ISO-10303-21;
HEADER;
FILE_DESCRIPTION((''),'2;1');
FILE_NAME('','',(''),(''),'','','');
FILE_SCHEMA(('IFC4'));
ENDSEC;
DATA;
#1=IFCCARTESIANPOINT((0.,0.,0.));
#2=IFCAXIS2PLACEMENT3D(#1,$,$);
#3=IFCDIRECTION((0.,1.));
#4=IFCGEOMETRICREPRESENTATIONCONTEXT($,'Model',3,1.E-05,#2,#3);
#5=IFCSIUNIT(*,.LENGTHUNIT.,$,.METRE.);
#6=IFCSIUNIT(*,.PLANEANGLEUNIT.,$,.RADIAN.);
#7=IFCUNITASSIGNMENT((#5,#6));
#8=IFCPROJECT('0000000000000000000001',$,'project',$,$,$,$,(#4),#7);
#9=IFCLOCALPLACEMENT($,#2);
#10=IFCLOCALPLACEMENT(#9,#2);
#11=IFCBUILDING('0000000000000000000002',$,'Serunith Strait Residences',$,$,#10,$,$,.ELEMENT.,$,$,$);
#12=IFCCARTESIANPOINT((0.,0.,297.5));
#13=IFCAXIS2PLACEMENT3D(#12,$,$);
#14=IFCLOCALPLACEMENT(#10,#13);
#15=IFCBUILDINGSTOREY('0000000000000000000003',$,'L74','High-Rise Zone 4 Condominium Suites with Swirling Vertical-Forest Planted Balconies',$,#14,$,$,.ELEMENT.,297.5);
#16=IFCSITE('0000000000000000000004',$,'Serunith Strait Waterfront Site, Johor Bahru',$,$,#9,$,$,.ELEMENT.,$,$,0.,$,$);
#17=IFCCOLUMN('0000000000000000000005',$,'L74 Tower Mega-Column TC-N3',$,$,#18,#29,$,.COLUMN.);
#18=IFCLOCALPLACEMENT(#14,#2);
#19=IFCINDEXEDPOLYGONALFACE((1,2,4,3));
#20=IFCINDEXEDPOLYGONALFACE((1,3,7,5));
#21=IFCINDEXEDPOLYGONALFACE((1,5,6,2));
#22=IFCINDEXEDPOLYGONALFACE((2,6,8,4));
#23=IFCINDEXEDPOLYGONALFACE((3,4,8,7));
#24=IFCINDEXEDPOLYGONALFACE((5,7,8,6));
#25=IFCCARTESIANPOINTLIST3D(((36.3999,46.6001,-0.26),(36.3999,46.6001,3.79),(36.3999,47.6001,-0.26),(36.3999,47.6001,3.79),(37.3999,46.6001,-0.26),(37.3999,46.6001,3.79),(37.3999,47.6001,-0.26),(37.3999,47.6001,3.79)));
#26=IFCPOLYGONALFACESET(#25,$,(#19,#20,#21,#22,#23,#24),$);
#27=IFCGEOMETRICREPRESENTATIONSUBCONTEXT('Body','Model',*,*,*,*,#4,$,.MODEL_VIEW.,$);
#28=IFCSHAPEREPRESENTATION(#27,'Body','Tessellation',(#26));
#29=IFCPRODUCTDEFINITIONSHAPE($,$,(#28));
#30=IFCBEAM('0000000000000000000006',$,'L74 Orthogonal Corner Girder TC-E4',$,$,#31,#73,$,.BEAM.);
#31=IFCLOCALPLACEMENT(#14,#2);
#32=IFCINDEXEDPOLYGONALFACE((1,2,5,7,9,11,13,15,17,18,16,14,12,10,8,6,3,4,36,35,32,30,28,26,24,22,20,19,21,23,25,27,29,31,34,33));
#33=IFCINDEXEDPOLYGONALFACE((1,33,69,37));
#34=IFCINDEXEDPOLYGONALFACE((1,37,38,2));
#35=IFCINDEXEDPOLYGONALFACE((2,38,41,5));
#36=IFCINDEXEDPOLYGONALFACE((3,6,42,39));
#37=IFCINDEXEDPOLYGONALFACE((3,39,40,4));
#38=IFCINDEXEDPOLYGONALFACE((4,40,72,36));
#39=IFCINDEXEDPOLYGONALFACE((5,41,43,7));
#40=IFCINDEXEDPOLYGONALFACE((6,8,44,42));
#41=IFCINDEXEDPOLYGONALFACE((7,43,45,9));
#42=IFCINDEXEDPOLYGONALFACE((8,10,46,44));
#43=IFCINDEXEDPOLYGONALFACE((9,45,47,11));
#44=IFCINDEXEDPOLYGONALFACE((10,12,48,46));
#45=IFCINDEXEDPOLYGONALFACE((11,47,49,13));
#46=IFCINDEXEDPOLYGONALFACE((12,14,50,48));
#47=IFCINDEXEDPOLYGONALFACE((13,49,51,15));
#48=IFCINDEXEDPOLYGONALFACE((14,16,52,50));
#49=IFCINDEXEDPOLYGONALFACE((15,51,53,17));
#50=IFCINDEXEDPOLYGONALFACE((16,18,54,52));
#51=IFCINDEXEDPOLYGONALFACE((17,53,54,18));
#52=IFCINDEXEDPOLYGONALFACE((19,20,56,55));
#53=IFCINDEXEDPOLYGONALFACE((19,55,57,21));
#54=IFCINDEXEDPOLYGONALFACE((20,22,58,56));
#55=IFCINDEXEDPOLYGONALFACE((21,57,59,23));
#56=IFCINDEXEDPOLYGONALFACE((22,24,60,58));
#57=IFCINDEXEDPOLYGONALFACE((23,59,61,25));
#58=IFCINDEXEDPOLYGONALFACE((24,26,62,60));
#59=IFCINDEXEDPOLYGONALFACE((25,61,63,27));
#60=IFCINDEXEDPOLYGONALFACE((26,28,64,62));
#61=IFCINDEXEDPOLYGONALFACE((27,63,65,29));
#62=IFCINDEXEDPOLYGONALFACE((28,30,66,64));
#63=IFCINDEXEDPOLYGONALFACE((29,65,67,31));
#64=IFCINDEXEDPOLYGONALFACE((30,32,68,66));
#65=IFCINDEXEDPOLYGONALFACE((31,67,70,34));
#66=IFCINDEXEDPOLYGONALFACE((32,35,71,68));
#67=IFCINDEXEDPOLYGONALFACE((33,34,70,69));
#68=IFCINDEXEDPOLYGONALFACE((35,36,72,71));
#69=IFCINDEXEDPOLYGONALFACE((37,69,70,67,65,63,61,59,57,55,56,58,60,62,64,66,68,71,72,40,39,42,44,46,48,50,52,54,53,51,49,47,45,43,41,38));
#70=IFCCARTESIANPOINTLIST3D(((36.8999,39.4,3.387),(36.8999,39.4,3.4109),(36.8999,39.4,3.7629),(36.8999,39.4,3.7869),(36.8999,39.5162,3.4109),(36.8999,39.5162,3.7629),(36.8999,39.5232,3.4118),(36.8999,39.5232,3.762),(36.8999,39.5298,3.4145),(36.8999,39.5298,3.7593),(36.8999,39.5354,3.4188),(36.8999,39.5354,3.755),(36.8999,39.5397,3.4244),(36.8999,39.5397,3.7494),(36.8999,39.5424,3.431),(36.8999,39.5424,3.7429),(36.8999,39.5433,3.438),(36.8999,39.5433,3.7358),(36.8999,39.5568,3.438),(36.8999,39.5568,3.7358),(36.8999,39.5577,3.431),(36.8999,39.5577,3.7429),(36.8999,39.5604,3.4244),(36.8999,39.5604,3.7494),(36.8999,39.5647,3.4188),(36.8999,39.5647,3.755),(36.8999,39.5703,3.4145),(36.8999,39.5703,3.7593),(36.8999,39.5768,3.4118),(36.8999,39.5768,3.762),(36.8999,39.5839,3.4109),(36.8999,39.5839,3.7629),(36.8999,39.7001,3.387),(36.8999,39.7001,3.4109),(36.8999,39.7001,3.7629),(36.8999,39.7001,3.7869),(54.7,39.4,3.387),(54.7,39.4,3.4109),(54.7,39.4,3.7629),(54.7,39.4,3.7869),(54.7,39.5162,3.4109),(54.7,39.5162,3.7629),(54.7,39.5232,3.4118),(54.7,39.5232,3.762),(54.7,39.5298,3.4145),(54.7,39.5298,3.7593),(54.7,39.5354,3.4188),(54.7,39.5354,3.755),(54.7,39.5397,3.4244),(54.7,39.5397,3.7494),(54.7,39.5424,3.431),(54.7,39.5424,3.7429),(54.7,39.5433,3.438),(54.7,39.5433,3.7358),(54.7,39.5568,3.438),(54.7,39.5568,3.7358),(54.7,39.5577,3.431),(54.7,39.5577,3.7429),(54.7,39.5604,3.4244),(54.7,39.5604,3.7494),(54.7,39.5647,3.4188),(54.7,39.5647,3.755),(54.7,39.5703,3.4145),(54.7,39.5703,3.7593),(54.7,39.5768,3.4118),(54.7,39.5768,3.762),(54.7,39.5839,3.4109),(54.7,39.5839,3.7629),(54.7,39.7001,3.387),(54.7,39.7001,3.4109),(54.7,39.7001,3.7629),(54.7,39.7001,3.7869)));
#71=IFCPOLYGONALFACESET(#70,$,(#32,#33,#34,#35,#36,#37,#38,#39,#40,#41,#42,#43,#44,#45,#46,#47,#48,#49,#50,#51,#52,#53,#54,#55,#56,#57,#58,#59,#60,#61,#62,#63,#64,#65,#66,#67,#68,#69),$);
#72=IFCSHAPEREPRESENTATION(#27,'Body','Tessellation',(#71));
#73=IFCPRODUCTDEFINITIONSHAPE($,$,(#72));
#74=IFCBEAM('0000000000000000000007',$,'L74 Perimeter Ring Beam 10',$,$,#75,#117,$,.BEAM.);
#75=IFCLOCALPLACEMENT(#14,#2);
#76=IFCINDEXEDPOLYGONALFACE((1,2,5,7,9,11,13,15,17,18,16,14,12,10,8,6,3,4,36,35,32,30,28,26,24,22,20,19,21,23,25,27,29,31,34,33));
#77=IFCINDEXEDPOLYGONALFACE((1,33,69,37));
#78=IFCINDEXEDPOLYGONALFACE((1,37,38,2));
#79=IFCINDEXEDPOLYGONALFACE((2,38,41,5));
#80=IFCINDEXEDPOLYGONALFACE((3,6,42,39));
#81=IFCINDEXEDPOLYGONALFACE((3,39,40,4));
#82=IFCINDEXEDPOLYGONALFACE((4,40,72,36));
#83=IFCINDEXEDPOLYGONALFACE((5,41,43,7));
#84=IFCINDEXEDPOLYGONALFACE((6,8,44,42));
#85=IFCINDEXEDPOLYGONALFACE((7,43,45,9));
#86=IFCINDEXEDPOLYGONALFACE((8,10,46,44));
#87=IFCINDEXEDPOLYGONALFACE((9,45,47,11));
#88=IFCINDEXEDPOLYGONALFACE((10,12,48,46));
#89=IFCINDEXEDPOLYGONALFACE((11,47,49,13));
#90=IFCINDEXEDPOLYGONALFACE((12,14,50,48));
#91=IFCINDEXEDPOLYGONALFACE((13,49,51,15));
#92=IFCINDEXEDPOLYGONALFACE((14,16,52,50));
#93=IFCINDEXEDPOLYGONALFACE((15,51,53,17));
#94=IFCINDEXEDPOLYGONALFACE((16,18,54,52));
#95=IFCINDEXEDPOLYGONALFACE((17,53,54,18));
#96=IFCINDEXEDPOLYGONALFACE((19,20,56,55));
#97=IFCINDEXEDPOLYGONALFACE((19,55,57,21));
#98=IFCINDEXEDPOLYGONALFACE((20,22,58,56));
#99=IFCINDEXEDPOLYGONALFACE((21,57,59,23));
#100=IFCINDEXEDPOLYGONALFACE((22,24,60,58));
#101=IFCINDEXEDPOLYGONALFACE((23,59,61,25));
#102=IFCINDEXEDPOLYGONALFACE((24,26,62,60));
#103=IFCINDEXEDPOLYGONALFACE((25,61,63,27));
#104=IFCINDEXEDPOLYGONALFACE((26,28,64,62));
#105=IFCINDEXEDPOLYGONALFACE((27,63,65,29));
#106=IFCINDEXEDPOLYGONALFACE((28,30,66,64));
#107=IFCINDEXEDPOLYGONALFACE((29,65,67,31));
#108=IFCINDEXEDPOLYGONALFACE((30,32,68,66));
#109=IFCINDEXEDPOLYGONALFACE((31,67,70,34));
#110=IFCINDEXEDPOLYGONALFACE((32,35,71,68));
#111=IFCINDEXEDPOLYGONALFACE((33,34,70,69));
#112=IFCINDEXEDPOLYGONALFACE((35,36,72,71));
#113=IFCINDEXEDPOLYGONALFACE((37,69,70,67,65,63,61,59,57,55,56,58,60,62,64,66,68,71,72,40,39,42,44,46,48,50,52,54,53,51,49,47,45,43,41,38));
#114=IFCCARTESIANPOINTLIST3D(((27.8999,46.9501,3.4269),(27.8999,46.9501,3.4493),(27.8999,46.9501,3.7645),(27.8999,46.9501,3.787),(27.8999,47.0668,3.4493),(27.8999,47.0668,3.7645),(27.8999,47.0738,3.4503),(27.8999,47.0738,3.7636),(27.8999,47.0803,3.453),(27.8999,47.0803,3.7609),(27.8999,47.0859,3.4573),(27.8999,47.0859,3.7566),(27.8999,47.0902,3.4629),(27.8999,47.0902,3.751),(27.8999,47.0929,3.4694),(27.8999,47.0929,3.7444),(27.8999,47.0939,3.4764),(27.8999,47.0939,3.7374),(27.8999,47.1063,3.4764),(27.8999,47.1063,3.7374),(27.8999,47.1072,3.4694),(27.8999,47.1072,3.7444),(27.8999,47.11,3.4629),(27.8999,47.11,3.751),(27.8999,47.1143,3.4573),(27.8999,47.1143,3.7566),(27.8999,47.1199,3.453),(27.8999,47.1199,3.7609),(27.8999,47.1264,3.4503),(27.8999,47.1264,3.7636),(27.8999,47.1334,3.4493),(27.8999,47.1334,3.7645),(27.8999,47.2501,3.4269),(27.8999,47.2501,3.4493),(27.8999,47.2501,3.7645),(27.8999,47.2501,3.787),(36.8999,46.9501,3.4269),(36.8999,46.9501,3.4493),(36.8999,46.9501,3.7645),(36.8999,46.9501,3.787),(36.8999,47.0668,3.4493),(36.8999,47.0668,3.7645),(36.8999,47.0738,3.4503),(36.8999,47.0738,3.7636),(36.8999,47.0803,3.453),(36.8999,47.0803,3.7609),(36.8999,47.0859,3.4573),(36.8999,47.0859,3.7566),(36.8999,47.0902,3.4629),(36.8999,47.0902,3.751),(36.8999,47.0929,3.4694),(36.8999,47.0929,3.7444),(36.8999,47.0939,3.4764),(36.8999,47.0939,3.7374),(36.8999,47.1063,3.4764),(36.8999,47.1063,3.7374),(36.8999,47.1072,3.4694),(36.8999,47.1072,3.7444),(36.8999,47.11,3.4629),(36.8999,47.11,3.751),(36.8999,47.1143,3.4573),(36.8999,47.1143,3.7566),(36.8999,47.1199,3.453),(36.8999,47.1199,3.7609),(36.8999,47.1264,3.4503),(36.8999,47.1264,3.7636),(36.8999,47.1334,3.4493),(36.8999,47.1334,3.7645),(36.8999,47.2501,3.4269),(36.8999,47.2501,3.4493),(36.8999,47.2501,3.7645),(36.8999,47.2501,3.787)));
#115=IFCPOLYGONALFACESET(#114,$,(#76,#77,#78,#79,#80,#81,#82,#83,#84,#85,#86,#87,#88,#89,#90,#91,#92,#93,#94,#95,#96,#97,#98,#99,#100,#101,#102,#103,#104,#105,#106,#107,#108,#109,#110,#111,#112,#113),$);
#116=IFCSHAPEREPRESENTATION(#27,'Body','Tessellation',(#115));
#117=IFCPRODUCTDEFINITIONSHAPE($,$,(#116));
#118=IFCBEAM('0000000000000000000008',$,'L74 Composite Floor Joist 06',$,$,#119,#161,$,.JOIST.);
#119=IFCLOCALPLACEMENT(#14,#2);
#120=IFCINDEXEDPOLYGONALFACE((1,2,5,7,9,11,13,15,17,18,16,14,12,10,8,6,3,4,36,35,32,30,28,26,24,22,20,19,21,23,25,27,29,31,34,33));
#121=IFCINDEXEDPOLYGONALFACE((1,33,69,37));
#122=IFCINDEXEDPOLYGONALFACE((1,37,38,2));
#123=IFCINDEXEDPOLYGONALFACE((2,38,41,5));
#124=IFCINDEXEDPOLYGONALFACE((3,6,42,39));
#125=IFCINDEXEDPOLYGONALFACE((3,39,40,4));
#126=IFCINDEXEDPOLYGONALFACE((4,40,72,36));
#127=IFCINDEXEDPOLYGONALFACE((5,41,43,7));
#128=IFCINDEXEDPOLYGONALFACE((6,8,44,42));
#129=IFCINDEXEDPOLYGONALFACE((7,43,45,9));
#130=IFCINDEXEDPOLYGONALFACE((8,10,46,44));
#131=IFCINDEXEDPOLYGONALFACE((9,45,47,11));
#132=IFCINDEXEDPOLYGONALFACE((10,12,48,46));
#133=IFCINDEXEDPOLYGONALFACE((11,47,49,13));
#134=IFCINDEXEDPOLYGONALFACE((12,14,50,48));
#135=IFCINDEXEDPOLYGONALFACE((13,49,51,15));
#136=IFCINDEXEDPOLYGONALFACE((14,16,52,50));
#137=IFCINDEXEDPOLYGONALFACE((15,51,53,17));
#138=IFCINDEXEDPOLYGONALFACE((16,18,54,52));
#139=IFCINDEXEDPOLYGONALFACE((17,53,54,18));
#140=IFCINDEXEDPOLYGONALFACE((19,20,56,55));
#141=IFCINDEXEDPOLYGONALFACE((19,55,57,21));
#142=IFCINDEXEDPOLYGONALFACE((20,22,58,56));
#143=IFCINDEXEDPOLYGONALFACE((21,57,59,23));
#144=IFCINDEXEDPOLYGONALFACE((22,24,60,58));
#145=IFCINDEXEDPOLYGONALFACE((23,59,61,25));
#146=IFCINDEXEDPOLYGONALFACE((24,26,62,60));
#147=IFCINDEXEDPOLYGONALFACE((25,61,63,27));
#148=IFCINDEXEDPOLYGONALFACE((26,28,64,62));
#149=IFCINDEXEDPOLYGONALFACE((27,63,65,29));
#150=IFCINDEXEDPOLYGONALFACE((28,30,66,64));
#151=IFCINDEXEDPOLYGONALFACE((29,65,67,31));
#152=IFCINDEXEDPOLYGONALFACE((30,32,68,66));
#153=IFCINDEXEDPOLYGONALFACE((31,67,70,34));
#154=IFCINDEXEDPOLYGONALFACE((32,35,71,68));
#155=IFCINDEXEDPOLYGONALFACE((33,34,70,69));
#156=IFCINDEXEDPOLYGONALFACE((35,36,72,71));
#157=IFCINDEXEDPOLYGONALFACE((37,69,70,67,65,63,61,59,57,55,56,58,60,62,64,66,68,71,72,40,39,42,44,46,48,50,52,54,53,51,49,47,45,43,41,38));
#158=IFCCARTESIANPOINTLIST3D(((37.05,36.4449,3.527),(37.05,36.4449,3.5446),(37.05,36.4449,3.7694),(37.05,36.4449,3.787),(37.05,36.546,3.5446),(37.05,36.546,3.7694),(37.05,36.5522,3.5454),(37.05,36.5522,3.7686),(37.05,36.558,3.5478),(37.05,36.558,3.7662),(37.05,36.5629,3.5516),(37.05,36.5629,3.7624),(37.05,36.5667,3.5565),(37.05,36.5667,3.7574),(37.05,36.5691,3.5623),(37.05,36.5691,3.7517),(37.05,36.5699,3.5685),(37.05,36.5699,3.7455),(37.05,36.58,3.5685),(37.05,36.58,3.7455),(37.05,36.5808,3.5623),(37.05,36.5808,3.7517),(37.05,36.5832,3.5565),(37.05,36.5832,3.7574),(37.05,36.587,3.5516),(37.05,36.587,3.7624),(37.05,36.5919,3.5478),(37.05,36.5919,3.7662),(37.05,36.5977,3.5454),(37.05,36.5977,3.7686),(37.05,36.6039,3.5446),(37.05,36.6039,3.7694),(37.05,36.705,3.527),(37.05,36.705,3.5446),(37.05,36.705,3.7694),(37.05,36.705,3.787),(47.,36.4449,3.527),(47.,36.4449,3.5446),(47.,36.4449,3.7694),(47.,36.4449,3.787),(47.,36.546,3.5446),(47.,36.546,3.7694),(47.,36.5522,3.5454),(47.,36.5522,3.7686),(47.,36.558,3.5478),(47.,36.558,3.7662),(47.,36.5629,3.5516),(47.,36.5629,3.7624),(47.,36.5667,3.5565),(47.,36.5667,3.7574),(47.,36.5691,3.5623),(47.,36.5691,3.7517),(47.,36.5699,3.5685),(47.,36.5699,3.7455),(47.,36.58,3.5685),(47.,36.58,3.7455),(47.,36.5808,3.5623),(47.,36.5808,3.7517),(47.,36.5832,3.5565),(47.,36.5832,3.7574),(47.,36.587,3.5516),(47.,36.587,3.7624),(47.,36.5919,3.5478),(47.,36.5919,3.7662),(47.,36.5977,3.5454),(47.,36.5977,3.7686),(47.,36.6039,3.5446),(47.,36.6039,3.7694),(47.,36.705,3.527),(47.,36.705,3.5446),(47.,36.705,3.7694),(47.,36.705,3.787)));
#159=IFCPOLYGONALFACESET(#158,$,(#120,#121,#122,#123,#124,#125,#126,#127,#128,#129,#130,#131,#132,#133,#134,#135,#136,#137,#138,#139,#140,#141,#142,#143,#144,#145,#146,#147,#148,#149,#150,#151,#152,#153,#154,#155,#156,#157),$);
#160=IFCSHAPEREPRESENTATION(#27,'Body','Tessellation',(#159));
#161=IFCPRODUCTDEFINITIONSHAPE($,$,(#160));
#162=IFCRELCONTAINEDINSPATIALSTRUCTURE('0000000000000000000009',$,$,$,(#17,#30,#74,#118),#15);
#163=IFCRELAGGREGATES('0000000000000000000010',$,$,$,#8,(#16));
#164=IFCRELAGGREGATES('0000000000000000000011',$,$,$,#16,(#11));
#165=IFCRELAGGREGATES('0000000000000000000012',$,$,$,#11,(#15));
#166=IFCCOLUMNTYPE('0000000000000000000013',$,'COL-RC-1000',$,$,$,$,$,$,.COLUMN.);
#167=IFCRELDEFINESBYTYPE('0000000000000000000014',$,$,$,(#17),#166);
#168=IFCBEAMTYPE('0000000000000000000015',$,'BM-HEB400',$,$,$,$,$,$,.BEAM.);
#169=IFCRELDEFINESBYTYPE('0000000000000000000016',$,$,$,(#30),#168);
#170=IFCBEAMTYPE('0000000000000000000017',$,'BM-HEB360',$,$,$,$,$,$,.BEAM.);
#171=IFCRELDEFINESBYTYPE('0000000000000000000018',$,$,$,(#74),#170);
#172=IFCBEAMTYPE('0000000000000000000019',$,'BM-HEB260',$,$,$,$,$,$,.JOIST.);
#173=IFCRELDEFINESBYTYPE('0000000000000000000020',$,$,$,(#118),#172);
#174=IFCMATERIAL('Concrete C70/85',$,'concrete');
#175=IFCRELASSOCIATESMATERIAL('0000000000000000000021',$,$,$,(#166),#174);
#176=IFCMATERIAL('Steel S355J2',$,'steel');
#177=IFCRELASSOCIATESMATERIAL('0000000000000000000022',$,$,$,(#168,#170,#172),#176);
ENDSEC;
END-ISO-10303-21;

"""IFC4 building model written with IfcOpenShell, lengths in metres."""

from ifc_helpers import new_model, si_unit, direction, frame, origin, origin_2d, place, context, subcontext, project, spatial, rectangle, i_section, extrude, source, transform, mapped, material, material_profile, profile_set, type_object, element, save


model = new_model("IFC4")

# Units and contexts
model_context = context("Model", 3, precision=1e-05, world=origin(), true_north=direction((0.0, 1.0)))
body_context = subcontext(model_context, "Body", "Model", "MODEL_VIEW")
ifc_project = project(units=[si_unit("LENGTHUNIT", "METRE"), si_unit("PLANEANGLEUNIT", "RADIAN")], contexts=[model_context])

# Site, building, storey
site_placement = place(None, origin())
site = spatial("IfcSite", under=ifc_project, at=site_placement, Name="Serunith Strait Waterfront Site, Johor Bahru", CompositionType="ELEMENT", RefElevation=0.0)
building_placement = place(site_placement, origin())
building = spatial("IfcBuilding", under=site, at=building_placement, Name="Serunith Strait Residences", CompositionType="ELEMENT")
storey_placement = place(building_placement, frame((0.0, 0.0, 297.5)))
storey = spatial("IfcBuildingStorey", under=building, at=storey_placement, Name="L74", Description="High-Rise Zone 4 Condominium Suites with Swirling Vertical-Forest Planted Balconies", CompositionType="ELEMENT", Elevation=297.5)

# Column
ifc_material_1 = material(Name="Concrete C70/85", Category="concrete")
ifc_material_profile_1 = material_profile(ifc_material_1, rectangle(XDim=1.0, YDim=1.0, at=origin_2d()), Name="RC 1000x1000")
ifc_profile_set_1 = profile_set([ifc_material_profile_1], Name="Concrete C70/85")
column_type = type_object("IfcColumnType", Name="COL-RC-1000", PredefinedType="COLUMN", material=ifc_profile_set_1)
shared_shape_1 = source(origin(), body_context, "Body", "SweptSolid", [
    extrude(rectangle(XDim=1.0, YDim=1.0, at=origin_2d()), origin(), (0.0, 0.0, 1.0), 4.05),
])
column_placement = place(storey_placement, frame((36.8999, 47.1001, -0.26), z_axis=(0.0, 0.0, 1.0), x_axis=(1.0, 0.0, 0.0)))
element("IfcColumn", 1, at=column_placement, inside=storey, type_object=column_type, Name="L74 Tower Mega-Column TC-N3", PredefinedType="COLUMN", context=body_context, shape_type="MappedRepresentation", body=[
    mapped(shared_shape_1, transform((0.0, 0.0, 0.0), scale=1.0)),
])

# Beams
ifc_material_2 = material(Name="Steel S355J2", Category="steel")
ifc_material_profile_2 = material_profile(ifc_material_2, i_section(OverallWidth=0.3, OverallDepth=0.3999, WebThickness=0.0134, FlangeThickness=0.0239, FilletRadius=0.0271, at=origin_2d()), Name="HEB 400")
ifc_profile_set_2 = profile_set([ifc_material_profile_2], Name="Steel S355J2")
beam_type_1 = type_object("IfcBeamType", Name="BM-HEB400", PredefinedType="BEAM", material=ifc_profile_set_2)
shared_shape_2 = source(origin(), body_context, "Body", "SweptSolid", [
    extrude(i_section(OverallWidth=0.3, OverallDepth=0.3999, WebThickness=0.0134, FlangeThickness=0.0239, FilletRadius=0.0271, at=origin_2d()), origin(), (0.0, 0.0, 1.0), 17.8),
])
beam_1_placement = place(storey_placement, frame((36.8999, 39.55, 3.5869), z_axis=(1.0, 0.0, 0.0), x_axis=(0.0, 1.0, 0.0)))
element("IfcBeam", 2, at=beam_1_placement, inside=storey, type_object=beam_type_1, Name="L74 Orthogonal Corner Girder TC-E4", PredefinedType="BEAM", context=body_context, shape_type="MappedRepresentation", body=[
    mapped(shared_shape_2, transform((0.0, 0.0, 0.0), scale=1.0)),
])
ifc_material_profile_3 = material_profile(ifc_material_2, i_section(OverallWidth=0.3, OverallDepth=0.3601, WebThickness=0.0125, FlangeThickness=0.0225, FilletRadius=0.0271, at=origin_2d()), Name="HEB 360")
ifc_profile_set_3 = profile_set([ifc_material_profile_3], Name="Steel S355J2")
beam_type_2 = type_object("IfcBeamType", Name="BM-HEB360", PredefinedType="BEAM", material=ifc_profile_set_3)
shared_shape_3 = source(origin(), body_context, "Body", "SweptSolid", [
    extrude(i_section(OverallWidth=0.3, OverallDepth=0.3601, WebThickness=0.0125, FlangeThickness=0.0225, FilletRadius=0.0271, at=origin_2d()), origin(), (0.0, 0.0, 1.0), 9.0),
])
beam_2_placement = place(storey_placement, frame((36.8999, 47.1001, 3.6069), z_axis=(-1.0, 0.0, 0.0), x_axis=(0.0, -1.0, 0.0)))
element("IfcBeam", 3, at=beam_2_placement, inside=storey, type_object=beam_type_2, Name="L74 Perimeter Ring Beam 10", PredefinedType="BEAM", context=body_context, shape_type="MappedRepresentation", body=[
    mapped(shared_shape_3, transform((0.0, 0.0, 0.0), scale=1.0)),
])
ifc_material_profile_4 = material_profile(ifc_material_2, i_section(OverallWidth=0.26, OverallDepth=0.26, WebThickness=0.01, FlangeThickness=0.0176, FilletRadius=0.0239, at=origin_2d()), Name="HEB 260")
ifc_profile_set_4 = profile_set([ifc_material_profile_4], Name="Steel S355J2")
beam_type_3 = type_object("IfcBeamType", Name="BM-HEB260", PredefinedType="JOIST", material=ifc_profile_set_4)
shared_shape_4 = source(origin(), body_context, "Body", "SweptSolid", [
    extrude(i_section(OverallWidth=0.26, OverallDepth=0.26, WebThickness=0.01, FlangeThickness=0.0176, FilletRadius=0.0239, at=origin_2d()), origin(), (0.0, 0.0, 1.0), 9.95),
])
beam_3_placement = place(storey_placement, frame((37.05, 36.575, 3.657), z_axis=(1.0, 0.0, 0.0), x_axis=(0.0, 1.0, 0.0)))
element("IfcBeam", 4, at=beam_3_placement, inside=storey, type_object=beam_type_3, Name="L74 Composite Floor Joist 06", PredefinedType="JOIST", context=body_context, shape_type="MappedRepresentation", body=[
    mapped(shared_shape_4, transform((0.0, 0.0, 0.0), scale=1.0)),
])

save(model, "model.ifc")
